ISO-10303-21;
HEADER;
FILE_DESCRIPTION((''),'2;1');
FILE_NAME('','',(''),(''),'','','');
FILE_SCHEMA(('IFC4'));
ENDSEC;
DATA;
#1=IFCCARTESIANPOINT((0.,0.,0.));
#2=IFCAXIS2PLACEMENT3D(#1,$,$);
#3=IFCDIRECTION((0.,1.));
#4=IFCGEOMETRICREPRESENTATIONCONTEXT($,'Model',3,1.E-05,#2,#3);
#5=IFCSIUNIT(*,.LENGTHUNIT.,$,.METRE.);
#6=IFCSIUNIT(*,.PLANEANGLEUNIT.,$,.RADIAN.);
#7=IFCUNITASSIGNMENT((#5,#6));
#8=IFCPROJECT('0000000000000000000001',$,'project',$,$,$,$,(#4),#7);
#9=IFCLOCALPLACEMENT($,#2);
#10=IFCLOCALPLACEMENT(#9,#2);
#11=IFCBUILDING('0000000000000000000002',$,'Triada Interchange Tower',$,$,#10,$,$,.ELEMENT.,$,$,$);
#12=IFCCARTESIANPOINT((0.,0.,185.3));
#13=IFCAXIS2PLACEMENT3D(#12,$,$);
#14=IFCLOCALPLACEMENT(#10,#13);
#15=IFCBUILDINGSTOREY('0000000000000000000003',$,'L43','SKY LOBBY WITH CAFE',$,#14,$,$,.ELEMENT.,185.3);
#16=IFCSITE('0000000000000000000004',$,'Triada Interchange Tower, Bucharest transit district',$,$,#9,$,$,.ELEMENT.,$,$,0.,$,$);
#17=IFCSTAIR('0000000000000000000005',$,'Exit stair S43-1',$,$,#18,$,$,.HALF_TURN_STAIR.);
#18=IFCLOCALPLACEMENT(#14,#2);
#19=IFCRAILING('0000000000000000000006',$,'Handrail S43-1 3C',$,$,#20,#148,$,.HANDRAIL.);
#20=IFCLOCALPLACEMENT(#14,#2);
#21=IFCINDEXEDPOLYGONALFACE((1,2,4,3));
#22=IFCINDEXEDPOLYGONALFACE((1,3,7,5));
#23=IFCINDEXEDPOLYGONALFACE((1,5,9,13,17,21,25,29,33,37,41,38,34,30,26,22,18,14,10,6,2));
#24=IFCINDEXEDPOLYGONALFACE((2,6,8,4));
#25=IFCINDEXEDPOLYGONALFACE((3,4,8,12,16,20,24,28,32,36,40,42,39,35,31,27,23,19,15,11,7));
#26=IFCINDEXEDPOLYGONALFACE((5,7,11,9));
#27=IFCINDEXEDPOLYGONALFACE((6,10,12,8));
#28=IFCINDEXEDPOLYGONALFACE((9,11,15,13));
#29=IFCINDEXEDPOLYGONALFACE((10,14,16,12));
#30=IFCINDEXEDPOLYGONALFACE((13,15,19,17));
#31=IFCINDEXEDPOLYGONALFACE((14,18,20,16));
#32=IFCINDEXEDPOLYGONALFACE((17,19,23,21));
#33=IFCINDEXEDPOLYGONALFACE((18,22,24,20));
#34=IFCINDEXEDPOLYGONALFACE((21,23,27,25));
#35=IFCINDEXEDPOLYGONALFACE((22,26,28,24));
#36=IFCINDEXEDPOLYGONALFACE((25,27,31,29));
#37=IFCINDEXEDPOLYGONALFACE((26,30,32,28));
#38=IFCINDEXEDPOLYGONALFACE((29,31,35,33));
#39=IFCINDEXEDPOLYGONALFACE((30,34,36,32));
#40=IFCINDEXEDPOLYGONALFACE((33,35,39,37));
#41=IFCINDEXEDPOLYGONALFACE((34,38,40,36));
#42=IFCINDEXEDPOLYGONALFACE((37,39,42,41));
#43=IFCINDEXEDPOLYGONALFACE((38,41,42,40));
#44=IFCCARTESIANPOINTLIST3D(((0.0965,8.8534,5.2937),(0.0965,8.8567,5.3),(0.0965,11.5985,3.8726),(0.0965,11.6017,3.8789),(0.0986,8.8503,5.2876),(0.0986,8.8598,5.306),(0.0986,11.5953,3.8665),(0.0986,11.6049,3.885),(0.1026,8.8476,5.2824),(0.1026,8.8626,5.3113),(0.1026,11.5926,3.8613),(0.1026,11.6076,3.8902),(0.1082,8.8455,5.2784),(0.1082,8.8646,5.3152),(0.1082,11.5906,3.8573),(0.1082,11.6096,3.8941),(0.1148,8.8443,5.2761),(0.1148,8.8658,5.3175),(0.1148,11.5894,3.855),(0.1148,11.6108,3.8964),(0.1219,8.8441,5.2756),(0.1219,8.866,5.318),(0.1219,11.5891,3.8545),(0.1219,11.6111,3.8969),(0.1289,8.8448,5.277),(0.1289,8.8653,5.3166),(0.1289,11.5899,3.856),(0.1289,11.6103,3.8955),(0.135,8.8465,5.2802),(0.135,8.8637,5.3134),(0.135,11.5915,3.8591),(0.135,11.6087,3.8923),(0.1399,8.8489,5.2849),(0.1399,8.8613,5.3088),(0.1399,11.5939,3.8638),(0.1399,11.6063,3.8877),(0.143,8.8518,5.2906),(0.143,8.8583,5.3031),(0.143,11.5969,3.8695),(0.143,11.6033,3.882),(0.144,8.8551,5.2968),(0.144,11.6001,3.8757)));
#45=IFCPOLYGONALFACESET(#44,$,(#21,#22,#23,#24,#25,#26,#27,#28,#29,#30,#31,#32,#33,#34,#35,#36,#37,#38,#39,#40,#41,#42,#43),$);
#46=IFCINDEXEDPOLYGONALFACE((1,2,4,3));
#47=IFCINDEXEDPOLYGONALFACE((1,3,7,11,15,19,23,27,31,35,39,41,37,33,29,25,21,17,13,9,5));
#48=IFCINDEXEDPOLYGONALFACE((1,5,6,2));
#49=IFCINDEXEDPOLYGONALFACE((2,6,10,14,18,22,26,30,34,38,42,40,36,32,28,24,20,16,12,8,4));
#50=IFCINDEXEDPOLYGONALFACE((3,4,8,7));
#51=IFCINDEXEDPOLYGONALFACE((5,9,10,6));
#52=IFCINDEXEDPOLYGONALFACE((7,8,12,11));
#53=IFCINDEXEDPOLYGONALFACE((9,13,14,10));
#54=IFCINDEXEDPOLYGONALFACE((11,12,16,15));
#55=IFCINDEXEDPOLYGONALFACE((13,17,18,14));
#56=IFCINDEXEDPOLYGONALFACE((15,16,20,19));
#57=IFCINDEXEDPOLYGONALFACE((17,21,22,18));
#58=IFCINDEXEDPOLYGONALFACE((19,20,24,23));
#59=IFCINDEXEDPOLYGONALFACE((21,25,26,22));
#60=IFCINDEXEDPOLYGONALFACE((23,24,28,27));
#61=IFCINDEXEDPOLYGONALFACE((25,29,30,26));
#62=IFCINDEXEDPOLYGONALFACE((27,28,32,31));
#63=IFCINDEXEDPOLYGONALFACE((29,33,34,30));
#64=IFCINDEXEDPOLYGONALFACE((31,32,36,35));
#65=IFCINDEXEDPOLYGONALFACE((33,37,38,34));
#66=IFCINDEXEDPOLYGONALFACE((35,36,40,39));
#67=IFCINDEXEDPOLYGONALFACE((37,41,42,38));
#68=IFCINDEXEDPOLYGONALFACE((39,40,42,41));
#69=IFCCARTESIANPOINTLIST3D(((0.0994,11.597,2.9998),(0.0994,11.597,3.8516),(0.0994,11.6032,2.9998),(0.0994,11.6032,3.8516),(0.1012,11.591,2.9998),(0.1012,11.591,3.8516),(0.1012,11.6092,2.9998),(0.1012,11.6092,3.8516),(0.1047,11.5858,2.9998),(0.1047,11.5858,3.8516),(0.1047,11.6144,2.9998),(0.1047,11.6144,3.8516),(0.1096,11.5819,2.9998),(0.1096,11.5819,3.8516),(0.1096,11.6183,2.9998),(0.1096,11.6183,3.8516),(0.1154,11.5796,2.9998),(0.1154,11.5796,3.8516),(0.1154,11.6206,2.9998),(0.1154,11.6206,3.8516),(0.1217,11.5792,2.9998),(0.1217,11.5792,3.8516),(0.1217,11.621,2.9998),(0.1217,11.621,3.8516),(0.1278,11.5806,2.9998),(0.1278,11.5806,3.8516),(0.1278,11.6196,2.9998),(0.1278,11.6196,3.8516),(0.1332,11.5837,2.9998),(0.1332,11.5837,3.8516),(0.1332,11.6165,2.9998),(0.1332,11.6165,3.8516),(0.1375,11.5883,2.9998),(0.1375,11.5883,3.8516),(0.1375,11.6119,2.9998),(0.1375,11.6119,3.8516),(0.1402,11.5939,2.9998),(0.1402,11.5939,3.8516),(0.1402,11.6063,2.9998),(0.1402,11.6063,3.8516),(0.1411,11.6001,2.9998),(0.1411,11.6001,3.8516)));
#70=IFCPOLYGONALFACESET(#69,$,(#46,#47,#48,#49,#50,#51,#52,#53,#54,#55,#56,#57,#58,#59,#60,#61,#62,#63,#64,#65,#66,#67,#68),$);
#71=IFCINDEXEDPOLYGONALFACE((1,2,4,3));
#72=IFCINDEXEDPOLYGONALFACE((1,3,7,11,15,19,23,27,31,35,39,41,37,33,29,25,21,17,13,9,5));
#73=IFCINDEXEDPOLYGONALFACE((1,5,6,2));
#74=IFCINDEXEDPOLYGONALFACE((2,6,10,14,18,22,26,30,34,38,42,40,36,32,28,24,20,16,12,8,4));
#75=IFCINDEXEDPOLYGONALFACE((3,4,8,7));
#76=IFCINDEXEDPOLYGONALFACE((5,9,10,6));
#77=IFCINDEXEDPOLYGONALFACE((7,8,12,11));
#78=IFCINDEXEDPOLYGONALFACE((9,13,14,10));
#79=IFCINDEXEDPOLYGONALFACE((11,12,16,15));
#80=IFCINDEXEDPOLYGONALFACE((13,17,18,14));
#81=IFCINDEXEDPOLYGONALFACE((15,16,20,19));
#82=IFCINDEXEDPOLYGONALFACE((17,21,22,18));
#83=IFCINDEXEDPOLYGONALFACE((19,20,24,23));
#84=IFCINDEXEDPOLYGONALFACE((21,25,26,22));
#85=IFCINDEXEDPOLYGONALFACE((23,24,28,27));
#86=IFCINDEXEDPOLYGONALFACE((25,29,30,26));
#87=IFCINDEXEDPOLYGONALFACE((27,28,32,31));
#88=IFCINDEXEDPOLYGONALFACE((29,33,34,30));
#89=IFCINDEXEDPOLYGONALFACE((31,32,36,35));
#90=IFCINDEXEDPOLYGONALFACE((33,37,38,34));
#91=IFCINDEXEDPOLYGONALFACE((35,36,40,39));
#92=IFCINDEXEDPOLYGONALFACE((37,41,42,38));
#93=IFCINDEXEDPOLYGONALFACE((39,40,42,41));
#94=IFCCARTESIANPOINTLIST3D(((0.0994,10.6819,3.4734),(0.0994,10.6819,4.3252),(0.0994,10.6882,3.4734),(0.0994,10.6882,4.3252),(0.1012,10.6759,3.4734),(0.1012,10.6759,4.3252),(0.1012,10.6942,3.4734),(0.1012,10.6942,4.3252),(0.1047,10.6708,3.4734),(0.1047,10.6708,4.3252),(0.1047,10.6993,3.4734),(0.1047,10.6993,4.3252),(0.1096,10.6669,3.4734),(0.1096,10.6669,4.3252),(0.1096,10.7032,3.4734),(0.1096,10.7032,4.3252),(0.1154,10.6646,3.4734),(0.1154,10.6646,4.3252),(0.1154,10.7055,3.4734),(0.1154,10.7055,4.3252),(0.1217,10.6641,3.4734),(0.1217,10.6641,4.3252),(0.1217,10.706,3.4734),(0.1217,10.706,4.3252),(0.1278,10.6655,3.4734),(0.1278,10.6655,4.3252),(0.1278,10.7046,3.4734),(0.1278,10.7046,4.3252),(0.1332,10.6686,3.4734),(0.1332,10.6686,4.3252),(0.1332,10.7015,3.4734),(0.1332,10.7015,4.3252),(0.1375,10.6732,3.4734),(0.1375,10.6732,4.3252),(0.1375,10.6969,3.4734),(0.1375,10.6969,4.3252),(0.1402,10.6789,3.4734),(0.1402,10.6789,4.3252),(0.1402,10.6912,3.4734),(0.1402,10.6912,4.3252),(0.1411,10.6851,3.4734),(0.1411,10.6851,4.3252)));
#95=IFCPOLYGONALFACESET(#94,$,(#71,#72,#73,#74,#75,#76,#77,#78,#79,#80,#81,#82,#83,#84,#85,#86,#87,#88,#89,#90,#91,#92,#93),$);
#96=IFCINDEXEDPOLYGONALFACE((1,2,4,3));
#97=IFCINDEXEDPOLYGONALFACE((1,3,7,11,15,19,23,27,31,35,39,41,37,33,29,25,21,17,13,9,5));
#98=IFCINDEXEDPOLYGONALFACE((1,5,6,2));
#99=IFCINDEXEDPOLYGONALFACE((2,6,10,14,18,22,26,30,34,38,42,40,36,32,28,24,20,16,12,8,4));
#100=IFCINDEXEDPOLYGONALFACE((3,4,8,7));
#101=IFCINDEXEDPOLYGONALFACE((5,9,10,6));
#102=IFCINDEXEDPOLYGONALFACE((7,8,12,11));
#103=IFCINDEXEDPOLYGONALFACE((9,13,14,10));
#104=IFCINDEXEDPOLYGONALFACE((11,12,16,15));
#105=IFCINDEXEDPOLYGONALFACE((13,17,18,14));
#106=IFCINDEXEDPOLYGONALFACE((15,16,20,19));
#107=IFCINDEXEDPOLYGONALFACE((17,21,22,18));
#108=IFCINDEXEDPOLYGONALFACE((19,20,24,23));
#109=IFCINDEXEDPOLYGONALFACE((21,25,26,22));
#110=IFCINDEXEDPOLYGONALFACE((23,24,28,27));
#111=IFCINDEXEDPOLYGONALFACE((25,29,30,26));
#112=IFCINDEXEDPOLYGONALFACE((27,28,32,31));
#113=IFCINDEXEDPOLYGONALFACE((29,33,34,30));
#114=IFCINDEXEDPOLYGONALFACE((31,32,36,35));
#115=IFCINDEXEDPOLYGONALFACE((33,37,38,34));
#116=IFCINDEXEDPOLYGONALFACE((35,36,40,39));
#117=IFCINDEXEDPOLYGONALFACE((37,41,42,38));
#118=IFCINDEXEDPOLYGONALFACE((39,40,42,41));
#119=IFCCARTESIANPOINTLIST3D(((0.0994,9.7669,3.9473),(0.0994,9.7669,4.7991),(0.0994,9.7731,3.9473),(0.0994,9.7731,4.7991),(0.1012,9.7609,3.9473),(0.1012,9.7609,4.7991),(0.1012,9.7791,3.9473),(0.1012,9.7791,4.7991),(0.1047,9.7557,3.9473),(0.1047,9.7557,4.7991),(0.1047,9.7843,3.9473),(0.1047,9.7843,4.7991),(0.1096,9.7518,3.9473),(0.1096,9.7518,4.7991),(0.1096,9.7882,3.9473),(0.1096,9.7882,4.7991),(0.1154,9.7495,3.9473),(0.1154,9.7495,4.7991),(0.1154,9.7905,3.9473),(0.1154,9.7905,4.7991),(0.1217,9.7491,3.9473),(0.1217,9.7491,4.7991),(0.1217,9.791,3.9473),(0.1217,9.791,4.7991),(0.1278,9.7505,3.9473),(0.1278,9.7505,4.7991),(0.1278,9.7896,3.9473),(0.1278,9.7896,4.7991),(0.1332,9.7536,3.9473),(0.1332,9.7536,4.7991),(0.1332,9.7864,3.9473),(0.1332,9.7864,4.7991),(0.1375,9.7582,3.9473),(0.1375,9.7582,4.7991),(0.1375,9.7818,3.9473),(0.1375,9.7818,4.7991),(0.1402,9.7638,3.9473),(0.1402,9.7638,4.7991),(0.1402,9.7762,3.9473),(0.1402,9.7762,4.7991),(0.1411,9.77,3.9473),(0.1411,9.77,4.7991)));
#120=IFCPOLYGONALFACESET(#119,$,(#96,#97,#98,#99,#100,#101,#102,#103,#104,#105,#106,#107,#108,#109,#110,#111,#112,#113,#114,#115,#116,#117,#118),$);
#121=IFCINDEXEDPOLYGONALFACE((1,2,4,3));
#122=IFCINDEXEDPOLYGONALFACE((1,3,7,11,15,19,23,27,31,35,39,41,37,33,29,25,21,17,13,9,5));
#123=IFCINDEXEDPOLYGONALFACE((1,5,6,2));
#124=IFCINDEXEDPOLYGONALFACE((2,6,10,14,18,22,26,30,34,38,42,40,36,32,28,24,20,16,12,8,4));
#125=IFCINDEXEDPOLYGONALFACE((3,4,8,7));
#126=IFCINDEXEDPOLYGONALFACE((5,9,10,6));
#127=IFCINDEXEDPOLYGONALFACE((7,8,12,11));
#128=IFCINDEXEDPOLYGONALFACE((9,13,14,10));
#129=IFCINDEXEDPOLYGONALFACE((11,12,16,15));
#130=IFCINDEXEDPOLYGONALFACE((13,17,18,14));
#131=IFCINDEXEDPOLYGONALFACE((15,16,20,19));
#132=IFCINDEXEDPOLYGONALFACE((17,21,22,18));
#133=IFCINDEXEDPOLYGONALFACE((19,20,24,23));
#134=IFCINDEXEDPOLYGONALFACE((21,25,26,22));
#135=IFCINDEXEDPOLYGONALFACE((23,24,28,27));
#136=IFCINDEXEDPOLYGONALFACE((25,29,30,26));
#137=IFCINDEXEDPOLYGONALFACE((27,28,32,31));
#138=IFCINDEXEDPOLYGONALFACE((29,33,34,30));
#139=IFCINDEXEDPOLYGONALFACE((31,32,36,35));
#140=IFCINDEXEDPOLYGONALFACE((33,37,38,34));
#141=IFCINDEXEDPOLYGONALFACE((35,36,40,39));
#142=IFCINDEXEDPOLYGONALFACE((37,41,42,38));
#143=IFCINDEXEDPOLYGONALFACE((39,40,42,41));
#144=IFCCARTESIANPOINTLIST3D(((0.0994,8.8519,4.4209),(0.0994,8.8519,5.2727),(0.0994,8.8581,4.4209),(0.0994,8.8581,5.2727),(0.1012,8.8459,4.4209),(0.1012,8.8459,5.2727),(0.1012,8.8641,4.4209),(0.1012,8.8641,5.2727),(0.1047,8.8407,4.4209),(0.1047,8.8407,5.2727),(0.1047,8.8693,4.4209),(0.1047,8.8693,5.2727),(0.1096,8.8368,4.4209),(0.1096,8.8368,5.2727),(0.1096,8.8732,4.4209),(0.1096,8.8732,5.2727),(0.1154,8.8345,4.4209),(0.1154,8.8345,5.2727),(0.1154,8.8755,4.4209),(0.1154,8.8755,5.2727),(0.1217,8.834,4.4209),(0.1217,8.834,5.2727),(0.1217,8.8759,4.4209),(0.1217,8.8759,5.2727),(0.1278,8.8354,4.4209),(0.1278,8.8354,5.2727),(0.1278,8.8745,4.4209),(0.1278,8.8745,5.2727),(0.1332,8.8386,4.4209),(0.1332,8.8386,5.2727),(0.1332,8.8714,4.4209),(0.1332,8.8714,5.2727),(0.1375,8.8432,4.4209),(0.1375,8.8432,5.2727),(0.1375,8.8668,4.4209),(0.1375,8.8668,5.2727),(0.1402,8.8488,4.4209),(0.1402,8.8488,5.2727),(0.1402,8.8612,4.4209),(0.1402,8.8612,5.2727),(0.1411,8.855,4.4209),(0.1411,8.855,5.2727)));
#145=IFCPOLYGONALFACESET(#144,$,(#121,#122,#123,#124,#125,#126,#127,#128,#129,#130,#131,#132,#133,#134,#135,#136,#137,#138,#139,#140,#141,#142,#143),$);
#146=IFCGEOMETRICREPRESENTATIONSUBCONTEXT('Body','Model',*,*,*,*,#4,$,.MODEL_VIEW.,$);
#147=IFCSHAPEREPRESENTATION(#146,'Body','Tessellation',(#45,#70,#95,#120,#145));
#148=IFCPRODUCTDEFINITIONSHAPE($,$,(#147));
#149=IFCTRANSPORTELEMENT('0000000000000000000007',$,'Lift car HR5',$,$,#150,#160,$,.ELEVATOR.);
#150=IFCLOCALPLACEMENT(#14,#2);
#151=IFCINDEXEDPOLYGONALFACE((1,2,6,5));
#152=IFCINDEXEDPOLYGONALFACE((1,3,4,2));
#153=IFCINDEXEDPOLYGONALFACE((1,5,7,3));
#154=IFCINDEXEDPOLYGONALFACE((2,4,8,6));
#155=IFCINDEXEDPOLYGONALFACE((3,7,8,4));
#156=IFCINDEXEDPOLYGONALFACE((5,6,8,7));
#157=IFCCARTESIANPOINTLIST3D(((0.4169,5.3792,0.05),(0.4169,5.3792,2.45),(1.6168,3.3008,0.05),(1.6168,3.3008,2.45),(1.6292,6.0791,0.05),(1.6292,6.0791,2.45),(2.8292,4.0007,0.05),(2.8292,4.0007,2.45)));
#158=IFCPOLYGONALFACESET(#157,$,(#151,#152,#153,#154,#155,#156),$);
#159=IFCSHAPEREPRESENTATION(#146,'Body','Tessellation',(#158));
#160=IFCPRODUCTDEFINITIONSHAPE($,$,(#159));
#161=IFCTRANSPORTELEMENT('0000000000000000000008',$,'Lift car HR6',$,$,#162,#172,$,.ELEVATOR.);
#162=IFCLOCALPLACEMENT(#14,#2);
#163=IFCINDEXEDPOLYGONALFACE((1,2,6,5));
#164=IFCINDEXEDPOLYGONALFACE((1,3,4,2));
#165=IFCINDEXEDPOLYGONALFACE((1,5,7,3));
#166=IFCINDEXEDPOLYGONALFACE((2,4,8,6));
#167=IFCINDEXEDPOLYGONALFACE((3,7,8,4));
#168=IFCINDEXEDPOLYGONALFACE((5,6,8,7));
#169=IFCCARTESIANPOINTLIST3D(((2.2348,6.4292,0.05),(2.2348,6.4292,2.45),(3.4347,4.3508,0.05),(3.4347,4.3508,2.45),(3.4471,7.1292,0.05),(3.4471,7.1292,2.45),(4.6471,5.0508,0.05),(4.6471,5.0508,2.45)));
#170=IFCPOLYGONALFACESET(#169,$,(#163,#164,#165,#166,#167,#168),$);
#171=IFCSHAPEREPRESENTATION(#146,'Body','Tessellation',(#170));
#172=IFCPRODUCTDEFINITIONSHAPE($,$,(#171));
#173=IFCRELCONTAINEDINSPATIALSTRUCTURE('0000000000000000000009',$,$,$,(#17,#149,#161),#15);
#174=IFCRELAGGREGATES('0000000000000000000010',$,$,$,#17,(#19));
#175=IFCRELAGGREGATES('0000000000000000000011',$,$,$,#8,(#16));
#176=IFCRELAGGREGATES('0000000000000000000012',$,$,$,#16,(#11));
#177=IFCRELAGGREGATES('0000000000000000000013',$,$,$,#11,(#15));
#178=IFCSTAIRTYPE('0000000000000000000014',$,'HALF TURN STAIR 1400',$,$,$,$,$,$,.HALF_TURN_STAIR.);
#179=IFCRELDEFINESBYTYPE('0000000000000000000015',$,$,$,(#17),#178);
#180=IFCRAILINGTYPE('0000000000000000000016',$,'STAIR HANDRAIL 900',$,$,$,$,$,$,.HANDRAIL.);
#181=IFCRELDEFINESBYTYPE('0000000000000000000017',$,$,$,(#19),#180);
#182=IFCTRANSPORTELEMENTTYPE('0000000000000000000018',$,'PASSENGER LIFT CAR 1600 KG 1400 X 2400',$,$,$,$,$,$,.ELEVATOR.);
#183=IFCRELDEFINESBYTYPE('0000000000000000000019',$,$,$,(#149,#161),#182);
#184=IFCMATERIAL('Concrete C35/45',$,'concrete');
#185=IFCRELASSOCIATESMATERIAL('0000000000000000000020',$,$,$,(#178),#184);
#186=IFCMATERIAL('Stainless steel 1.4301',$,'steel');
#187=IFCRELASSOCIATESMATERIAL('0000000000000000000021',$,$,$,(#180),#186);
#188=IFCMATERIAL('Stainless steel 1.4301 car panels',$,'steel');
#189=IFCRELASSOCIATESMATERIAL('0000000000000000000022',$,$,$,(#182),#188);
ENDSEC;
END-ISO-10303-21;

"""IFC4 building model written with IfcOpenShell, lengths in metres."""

from ifc_helpers import new_model, si_unit, direction, frame, origin, origin_2d, place, context, subcontext, project, spatial, rectangle, circle, extrude, material, type_object, element, aggregate, save


model = new_model("IFC4")

# Units and contexts
model_context = context("Model", 3, precision=1e-05, world=origin(), true_north=direction((0.0, 1.0)))
body_context = subcontext(model_context, "Body", "Model", "MODEL_VIEW")
ifc_project = project(units=[si_unit("LENGTHUNIT", "METRE"), si_unit("PLANEANGLEUNIT", "RADIAN")], contexts=[model_context])

# Site, building, storey
site_placement = place(None, origin())
site = spatial("IfcSite", under=ifc_project, at=site_placement, Name="Triada Interchange Tower, Bucharest transit district", CompositionType="ELEMENT", RefElevation=0.0)
building_placement = place(site_placement, origin())
building = spatial("IfcBuilding", under=site, at=building_placement, Name="Triada Interchange Tower", CompositionType="ELEMENT")
storey_placement = place(building_placement, frame((0.0, 0.0, 185.3)))
storey = spatial("IfcBuildingStorey", under=building, at=storey_placement, Name="L43", Description="SKY LOBBY WITH CAFE", CompositionType="ELEMENT", Elevation=185.3)

# Shared definitions
ifc_material_1 = material(Name="Concrete C35/45", Category="concrete")
stair_type = type_object("IfcStairType", Name="HALF TURN STAIR 1400", PredefinedType="HALF_TURN_STAIR", material=ifc_material_1)

# Stair, railing
stair_1_placement = place(storey_placement, origin())
stair_1 = element("IfcStair", 1, at=stair_1_placement, inside=storey, type_object=stair_type, Name="Exit stair S43-1", PredefinedType="HALF_TURN_STAIR")
ifc_material_2 = material(Name="Stainless steel 1.4301", Category="steel")
railing_type = type_object("IfcRailingType", Name="STAIR HANDRAIL 900", PredefinedType="HANDRAIL", material=ifc_material_2)
railing_1_placement = place(storey_placement, frame((0.1201, 11.6001, 2.9998)))
railing_1 = element("IfcRailing", 2, at=railing_1_placement, type_object=railing_type, Name="Handrail S43-1 3C", PredefinedType="HANDRAIL", context=body_context, shape_type="SweptSolid", body=[
    extrude(circle(Radius=0.0239, at=origin_2d()), frame((0.0, 0.0, 0.876), z_axis=(0.0, -0.888052, 0.459743), x_axis=(1.0, 0.0, 0.0)), (0.0, 0.0, 1.0), 3.0911),
    extrude(circle(Radius=0.021, at=origin_2d()), origin(), (0.0, 0.0, 1.0), 0.8518),
    extrude(circle(Radius=0.021, at=origin_2d()), frame((0.0, -0.915, 0.4736)), (0.0, 0.0, 1.0), 0.8518),
    extrude(circle(Radius=0.021, at=origin_2d()), frame((0.0, -1.8301, 0.9475)), (0.0, 0.0, 1.0), 0.8518),
    extrude(circle(Radius=0.021, at=origin_2d()), frame((0.0, -2.7451, 1.4211)), (0.0, 0.0, 1.0), 0.8518),
])
aggregate(stair_1, [railing_1])

# Transport elements
ifc_material_3 = material(Name="Stainless steel 1.4301 car panels", Category="steel")
transport_element_type = type_object("IfcTransportElementType", Name="PASSENGER LIFT CAR 1600 KG 1400 X 2400", PredefinedType="ELEVATOR", material=ifc_material_3)
for number, where, z_axis, x_axis, name in (
    (3, (1.623, 4.6899, 0.05), (0.0, 0.0, 1.0), (0.866025, 0.5, 0.0), "Lift car HR5"),
    (4, (3.4409, 5.74, 0.05), (0.0, 0.0, 1.0), (0.866025, 0.5, 0.0), "Lift car HR6"),
):
    element("IfcTransportElement", number, at=place(storey_placement, frame(where, z_axis=z_axis, x_axis=x_axis)), inside=storey, type_object=transport_element_type, Name=name, PredefinedType="ELEVATOR", context=body_context, shape_type="SweptSolid", body=[
        extrude(rectangle(XDim=1.3999, YDim=2.3999, at=origin_2d()), origin(), (0.0, 0.0, 1.0), 2.3999),
    ])

save(model, "model.ifc")
